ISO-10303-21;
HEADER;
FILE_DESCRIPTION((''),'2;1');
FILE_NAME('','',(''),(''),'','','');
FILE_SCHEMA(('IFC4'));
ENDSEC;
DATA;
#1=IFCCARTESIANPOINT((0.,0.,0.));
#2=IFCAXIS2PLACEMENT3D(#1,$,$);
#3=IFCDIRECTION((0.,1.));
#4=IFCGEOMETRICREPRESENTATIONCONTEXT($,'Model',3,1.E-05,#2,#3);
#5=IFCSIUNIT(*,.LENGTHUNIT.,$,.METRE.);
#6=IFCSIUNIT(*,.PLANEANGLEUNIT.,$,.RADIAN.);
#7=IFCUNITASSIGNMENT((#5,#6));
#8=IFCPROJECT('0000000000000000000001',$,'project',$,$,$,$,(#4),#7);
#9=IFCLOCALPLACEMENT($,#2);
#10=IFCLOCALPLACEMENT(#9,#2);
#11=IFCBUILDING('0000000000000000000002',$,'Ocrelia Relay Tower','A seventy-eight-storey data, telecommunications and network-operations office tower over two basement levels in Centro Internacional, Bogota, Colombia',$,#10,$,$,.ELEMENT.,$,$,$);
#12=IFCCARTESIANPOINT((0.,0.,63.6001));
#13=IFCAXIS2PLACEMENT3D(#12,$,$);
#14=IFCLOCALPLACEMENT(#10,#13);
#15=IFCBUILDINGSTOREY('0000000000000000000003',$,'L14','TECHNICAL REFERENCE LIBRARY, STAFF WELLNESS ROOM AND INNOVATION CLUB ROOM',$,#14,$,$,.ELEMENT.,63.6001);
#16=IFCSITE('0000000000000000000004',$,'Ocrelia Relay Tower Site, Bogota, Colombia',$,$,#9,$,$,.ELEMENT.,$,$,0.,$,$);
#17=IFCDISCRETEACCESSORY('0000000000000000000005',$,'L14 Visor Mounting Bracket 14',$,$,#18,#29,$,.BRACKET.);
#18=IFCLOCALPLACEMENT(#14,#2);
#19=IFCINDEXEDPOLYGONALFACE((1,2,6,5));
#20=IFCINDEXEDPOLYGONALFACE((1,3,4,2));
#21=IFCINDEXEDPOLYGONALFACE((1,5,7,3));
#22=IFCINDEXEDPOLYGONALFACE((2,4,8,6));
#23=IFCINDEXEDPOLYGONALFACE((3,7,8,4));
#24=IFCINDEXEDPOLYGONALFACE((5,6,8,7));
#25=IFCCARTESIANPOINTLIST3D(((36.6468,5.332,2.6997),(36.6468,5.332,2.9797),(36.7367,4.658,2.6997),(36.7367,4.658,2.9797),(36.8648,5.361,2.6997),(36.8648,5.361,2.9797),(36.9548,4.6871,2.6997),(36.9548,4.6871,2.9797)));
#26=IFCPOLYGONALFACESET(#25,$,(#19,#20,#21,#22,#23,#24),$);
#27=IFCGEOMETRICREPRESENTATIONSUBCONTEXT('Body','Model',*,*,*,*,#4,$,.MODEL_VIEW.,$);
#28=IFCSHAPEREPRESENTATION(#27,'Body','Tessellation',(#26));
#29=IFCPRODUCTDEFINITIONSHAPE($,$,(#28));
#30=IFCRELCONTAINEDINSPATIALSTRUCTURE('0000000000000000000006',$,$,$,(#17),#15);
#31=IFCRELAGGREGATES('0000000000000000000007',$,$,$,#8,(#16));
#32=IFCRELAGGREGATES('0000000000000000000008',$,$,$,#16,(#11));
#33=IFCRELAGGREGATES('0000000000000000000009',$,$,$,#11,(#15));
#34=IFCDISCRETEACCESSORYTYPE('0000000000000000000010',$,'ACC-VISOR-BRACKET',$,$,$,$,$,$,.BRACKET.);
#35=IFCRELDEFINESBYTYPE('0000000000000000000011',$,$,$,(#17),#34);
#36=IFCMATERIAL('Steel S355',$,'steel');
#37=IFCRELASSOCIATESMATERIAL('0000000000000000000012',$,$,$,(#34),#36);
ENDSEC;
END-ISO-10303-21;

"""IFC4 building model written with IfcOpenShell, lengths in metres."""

from ifc_helpers import new_model, si_unit, direction, frame, origin, origin_2d, place, context, subcontext, project, spatial, rectangle, extrude, material, type_object, element, save


model = new_model("IFC4")

# Units and contexts
model_context = context("Model", 3, precision=1e-05, world=origin(), true_north=direction((0.0, 1.0)))
body_context = subcontext(model_context, "Body", "Model", "MODEL_VIEW")
ifc_project = project(units=[si_unit("LENGTHUNIT", "METRE"), si_unit("PLANEANGLEUNIT", "RADIAN")], contexts=[model_context])

# Site, building, storey
site_placement = place(None, origin())
site = spatial("IfcSite", under=ifc_project, at=site_placement, Name="Ocrelia Relay Tower Site, Bogota, Colombia", CompositionType="ELEMENT", RefElevation=0.0)
building_placement = place(site_placement, origin())
building = spatial("IfcBuilding", under=site, at=building_placement, Name="Ocrelia Relay Tower", Description="A seventy-eight-storey data, telecommunications and network-operations office tower over two basement levels in Centro Internacional, Bogota, Colombia", CompositionType="ELEMENT")
storey_placement = place(building_placement, frame((0.0, 0.0, 63.6001)))
storey = spatial("IfcBuildingStorey", under=building, at=storey_placement, Name="L14", Description="TECHNICAL REFERENCE LIBRARY, STAFF WELLNESS ROOM AND INNOVATION CLUB ROOM", CompositionType="ELEMENT", Elevation=63.6001)

# Shared definitions
ifc_material_1 = material(Name="Steel S355", Category="steel")

# Discrete accessory
discrete_accessory_type_1 = type_object("IfcDiscreteAccessoryType", Name="ACC-VISOR-BRACKET", PredefinedType="BRACKET", material=ifc_material_1)
discrete_accessory_placement = place(storey_placement, frame((36.8008, 5.0095, 2.6997), z_axis=(0.0, 0.0, 1.0), x_axis=(0.991216, 0.132255, 0.0)))
element("IfcDiscreteAccessory", 1, at=discrete_accessory_placement, inside=storey, type_object=discrete_accessory_type_1, Name="L14 Visor Mounting Bracket 14", PredefinedType="BRACKET", context=body_context, shape_type="SweptSolid", body=[
    extrude(rectangle(XDim=0.22, YDim=0.6799, at=origin_2d()), origin(), (0.0, 0.0, 1.0), 0.28),
])

save(model, "model.ifc")
